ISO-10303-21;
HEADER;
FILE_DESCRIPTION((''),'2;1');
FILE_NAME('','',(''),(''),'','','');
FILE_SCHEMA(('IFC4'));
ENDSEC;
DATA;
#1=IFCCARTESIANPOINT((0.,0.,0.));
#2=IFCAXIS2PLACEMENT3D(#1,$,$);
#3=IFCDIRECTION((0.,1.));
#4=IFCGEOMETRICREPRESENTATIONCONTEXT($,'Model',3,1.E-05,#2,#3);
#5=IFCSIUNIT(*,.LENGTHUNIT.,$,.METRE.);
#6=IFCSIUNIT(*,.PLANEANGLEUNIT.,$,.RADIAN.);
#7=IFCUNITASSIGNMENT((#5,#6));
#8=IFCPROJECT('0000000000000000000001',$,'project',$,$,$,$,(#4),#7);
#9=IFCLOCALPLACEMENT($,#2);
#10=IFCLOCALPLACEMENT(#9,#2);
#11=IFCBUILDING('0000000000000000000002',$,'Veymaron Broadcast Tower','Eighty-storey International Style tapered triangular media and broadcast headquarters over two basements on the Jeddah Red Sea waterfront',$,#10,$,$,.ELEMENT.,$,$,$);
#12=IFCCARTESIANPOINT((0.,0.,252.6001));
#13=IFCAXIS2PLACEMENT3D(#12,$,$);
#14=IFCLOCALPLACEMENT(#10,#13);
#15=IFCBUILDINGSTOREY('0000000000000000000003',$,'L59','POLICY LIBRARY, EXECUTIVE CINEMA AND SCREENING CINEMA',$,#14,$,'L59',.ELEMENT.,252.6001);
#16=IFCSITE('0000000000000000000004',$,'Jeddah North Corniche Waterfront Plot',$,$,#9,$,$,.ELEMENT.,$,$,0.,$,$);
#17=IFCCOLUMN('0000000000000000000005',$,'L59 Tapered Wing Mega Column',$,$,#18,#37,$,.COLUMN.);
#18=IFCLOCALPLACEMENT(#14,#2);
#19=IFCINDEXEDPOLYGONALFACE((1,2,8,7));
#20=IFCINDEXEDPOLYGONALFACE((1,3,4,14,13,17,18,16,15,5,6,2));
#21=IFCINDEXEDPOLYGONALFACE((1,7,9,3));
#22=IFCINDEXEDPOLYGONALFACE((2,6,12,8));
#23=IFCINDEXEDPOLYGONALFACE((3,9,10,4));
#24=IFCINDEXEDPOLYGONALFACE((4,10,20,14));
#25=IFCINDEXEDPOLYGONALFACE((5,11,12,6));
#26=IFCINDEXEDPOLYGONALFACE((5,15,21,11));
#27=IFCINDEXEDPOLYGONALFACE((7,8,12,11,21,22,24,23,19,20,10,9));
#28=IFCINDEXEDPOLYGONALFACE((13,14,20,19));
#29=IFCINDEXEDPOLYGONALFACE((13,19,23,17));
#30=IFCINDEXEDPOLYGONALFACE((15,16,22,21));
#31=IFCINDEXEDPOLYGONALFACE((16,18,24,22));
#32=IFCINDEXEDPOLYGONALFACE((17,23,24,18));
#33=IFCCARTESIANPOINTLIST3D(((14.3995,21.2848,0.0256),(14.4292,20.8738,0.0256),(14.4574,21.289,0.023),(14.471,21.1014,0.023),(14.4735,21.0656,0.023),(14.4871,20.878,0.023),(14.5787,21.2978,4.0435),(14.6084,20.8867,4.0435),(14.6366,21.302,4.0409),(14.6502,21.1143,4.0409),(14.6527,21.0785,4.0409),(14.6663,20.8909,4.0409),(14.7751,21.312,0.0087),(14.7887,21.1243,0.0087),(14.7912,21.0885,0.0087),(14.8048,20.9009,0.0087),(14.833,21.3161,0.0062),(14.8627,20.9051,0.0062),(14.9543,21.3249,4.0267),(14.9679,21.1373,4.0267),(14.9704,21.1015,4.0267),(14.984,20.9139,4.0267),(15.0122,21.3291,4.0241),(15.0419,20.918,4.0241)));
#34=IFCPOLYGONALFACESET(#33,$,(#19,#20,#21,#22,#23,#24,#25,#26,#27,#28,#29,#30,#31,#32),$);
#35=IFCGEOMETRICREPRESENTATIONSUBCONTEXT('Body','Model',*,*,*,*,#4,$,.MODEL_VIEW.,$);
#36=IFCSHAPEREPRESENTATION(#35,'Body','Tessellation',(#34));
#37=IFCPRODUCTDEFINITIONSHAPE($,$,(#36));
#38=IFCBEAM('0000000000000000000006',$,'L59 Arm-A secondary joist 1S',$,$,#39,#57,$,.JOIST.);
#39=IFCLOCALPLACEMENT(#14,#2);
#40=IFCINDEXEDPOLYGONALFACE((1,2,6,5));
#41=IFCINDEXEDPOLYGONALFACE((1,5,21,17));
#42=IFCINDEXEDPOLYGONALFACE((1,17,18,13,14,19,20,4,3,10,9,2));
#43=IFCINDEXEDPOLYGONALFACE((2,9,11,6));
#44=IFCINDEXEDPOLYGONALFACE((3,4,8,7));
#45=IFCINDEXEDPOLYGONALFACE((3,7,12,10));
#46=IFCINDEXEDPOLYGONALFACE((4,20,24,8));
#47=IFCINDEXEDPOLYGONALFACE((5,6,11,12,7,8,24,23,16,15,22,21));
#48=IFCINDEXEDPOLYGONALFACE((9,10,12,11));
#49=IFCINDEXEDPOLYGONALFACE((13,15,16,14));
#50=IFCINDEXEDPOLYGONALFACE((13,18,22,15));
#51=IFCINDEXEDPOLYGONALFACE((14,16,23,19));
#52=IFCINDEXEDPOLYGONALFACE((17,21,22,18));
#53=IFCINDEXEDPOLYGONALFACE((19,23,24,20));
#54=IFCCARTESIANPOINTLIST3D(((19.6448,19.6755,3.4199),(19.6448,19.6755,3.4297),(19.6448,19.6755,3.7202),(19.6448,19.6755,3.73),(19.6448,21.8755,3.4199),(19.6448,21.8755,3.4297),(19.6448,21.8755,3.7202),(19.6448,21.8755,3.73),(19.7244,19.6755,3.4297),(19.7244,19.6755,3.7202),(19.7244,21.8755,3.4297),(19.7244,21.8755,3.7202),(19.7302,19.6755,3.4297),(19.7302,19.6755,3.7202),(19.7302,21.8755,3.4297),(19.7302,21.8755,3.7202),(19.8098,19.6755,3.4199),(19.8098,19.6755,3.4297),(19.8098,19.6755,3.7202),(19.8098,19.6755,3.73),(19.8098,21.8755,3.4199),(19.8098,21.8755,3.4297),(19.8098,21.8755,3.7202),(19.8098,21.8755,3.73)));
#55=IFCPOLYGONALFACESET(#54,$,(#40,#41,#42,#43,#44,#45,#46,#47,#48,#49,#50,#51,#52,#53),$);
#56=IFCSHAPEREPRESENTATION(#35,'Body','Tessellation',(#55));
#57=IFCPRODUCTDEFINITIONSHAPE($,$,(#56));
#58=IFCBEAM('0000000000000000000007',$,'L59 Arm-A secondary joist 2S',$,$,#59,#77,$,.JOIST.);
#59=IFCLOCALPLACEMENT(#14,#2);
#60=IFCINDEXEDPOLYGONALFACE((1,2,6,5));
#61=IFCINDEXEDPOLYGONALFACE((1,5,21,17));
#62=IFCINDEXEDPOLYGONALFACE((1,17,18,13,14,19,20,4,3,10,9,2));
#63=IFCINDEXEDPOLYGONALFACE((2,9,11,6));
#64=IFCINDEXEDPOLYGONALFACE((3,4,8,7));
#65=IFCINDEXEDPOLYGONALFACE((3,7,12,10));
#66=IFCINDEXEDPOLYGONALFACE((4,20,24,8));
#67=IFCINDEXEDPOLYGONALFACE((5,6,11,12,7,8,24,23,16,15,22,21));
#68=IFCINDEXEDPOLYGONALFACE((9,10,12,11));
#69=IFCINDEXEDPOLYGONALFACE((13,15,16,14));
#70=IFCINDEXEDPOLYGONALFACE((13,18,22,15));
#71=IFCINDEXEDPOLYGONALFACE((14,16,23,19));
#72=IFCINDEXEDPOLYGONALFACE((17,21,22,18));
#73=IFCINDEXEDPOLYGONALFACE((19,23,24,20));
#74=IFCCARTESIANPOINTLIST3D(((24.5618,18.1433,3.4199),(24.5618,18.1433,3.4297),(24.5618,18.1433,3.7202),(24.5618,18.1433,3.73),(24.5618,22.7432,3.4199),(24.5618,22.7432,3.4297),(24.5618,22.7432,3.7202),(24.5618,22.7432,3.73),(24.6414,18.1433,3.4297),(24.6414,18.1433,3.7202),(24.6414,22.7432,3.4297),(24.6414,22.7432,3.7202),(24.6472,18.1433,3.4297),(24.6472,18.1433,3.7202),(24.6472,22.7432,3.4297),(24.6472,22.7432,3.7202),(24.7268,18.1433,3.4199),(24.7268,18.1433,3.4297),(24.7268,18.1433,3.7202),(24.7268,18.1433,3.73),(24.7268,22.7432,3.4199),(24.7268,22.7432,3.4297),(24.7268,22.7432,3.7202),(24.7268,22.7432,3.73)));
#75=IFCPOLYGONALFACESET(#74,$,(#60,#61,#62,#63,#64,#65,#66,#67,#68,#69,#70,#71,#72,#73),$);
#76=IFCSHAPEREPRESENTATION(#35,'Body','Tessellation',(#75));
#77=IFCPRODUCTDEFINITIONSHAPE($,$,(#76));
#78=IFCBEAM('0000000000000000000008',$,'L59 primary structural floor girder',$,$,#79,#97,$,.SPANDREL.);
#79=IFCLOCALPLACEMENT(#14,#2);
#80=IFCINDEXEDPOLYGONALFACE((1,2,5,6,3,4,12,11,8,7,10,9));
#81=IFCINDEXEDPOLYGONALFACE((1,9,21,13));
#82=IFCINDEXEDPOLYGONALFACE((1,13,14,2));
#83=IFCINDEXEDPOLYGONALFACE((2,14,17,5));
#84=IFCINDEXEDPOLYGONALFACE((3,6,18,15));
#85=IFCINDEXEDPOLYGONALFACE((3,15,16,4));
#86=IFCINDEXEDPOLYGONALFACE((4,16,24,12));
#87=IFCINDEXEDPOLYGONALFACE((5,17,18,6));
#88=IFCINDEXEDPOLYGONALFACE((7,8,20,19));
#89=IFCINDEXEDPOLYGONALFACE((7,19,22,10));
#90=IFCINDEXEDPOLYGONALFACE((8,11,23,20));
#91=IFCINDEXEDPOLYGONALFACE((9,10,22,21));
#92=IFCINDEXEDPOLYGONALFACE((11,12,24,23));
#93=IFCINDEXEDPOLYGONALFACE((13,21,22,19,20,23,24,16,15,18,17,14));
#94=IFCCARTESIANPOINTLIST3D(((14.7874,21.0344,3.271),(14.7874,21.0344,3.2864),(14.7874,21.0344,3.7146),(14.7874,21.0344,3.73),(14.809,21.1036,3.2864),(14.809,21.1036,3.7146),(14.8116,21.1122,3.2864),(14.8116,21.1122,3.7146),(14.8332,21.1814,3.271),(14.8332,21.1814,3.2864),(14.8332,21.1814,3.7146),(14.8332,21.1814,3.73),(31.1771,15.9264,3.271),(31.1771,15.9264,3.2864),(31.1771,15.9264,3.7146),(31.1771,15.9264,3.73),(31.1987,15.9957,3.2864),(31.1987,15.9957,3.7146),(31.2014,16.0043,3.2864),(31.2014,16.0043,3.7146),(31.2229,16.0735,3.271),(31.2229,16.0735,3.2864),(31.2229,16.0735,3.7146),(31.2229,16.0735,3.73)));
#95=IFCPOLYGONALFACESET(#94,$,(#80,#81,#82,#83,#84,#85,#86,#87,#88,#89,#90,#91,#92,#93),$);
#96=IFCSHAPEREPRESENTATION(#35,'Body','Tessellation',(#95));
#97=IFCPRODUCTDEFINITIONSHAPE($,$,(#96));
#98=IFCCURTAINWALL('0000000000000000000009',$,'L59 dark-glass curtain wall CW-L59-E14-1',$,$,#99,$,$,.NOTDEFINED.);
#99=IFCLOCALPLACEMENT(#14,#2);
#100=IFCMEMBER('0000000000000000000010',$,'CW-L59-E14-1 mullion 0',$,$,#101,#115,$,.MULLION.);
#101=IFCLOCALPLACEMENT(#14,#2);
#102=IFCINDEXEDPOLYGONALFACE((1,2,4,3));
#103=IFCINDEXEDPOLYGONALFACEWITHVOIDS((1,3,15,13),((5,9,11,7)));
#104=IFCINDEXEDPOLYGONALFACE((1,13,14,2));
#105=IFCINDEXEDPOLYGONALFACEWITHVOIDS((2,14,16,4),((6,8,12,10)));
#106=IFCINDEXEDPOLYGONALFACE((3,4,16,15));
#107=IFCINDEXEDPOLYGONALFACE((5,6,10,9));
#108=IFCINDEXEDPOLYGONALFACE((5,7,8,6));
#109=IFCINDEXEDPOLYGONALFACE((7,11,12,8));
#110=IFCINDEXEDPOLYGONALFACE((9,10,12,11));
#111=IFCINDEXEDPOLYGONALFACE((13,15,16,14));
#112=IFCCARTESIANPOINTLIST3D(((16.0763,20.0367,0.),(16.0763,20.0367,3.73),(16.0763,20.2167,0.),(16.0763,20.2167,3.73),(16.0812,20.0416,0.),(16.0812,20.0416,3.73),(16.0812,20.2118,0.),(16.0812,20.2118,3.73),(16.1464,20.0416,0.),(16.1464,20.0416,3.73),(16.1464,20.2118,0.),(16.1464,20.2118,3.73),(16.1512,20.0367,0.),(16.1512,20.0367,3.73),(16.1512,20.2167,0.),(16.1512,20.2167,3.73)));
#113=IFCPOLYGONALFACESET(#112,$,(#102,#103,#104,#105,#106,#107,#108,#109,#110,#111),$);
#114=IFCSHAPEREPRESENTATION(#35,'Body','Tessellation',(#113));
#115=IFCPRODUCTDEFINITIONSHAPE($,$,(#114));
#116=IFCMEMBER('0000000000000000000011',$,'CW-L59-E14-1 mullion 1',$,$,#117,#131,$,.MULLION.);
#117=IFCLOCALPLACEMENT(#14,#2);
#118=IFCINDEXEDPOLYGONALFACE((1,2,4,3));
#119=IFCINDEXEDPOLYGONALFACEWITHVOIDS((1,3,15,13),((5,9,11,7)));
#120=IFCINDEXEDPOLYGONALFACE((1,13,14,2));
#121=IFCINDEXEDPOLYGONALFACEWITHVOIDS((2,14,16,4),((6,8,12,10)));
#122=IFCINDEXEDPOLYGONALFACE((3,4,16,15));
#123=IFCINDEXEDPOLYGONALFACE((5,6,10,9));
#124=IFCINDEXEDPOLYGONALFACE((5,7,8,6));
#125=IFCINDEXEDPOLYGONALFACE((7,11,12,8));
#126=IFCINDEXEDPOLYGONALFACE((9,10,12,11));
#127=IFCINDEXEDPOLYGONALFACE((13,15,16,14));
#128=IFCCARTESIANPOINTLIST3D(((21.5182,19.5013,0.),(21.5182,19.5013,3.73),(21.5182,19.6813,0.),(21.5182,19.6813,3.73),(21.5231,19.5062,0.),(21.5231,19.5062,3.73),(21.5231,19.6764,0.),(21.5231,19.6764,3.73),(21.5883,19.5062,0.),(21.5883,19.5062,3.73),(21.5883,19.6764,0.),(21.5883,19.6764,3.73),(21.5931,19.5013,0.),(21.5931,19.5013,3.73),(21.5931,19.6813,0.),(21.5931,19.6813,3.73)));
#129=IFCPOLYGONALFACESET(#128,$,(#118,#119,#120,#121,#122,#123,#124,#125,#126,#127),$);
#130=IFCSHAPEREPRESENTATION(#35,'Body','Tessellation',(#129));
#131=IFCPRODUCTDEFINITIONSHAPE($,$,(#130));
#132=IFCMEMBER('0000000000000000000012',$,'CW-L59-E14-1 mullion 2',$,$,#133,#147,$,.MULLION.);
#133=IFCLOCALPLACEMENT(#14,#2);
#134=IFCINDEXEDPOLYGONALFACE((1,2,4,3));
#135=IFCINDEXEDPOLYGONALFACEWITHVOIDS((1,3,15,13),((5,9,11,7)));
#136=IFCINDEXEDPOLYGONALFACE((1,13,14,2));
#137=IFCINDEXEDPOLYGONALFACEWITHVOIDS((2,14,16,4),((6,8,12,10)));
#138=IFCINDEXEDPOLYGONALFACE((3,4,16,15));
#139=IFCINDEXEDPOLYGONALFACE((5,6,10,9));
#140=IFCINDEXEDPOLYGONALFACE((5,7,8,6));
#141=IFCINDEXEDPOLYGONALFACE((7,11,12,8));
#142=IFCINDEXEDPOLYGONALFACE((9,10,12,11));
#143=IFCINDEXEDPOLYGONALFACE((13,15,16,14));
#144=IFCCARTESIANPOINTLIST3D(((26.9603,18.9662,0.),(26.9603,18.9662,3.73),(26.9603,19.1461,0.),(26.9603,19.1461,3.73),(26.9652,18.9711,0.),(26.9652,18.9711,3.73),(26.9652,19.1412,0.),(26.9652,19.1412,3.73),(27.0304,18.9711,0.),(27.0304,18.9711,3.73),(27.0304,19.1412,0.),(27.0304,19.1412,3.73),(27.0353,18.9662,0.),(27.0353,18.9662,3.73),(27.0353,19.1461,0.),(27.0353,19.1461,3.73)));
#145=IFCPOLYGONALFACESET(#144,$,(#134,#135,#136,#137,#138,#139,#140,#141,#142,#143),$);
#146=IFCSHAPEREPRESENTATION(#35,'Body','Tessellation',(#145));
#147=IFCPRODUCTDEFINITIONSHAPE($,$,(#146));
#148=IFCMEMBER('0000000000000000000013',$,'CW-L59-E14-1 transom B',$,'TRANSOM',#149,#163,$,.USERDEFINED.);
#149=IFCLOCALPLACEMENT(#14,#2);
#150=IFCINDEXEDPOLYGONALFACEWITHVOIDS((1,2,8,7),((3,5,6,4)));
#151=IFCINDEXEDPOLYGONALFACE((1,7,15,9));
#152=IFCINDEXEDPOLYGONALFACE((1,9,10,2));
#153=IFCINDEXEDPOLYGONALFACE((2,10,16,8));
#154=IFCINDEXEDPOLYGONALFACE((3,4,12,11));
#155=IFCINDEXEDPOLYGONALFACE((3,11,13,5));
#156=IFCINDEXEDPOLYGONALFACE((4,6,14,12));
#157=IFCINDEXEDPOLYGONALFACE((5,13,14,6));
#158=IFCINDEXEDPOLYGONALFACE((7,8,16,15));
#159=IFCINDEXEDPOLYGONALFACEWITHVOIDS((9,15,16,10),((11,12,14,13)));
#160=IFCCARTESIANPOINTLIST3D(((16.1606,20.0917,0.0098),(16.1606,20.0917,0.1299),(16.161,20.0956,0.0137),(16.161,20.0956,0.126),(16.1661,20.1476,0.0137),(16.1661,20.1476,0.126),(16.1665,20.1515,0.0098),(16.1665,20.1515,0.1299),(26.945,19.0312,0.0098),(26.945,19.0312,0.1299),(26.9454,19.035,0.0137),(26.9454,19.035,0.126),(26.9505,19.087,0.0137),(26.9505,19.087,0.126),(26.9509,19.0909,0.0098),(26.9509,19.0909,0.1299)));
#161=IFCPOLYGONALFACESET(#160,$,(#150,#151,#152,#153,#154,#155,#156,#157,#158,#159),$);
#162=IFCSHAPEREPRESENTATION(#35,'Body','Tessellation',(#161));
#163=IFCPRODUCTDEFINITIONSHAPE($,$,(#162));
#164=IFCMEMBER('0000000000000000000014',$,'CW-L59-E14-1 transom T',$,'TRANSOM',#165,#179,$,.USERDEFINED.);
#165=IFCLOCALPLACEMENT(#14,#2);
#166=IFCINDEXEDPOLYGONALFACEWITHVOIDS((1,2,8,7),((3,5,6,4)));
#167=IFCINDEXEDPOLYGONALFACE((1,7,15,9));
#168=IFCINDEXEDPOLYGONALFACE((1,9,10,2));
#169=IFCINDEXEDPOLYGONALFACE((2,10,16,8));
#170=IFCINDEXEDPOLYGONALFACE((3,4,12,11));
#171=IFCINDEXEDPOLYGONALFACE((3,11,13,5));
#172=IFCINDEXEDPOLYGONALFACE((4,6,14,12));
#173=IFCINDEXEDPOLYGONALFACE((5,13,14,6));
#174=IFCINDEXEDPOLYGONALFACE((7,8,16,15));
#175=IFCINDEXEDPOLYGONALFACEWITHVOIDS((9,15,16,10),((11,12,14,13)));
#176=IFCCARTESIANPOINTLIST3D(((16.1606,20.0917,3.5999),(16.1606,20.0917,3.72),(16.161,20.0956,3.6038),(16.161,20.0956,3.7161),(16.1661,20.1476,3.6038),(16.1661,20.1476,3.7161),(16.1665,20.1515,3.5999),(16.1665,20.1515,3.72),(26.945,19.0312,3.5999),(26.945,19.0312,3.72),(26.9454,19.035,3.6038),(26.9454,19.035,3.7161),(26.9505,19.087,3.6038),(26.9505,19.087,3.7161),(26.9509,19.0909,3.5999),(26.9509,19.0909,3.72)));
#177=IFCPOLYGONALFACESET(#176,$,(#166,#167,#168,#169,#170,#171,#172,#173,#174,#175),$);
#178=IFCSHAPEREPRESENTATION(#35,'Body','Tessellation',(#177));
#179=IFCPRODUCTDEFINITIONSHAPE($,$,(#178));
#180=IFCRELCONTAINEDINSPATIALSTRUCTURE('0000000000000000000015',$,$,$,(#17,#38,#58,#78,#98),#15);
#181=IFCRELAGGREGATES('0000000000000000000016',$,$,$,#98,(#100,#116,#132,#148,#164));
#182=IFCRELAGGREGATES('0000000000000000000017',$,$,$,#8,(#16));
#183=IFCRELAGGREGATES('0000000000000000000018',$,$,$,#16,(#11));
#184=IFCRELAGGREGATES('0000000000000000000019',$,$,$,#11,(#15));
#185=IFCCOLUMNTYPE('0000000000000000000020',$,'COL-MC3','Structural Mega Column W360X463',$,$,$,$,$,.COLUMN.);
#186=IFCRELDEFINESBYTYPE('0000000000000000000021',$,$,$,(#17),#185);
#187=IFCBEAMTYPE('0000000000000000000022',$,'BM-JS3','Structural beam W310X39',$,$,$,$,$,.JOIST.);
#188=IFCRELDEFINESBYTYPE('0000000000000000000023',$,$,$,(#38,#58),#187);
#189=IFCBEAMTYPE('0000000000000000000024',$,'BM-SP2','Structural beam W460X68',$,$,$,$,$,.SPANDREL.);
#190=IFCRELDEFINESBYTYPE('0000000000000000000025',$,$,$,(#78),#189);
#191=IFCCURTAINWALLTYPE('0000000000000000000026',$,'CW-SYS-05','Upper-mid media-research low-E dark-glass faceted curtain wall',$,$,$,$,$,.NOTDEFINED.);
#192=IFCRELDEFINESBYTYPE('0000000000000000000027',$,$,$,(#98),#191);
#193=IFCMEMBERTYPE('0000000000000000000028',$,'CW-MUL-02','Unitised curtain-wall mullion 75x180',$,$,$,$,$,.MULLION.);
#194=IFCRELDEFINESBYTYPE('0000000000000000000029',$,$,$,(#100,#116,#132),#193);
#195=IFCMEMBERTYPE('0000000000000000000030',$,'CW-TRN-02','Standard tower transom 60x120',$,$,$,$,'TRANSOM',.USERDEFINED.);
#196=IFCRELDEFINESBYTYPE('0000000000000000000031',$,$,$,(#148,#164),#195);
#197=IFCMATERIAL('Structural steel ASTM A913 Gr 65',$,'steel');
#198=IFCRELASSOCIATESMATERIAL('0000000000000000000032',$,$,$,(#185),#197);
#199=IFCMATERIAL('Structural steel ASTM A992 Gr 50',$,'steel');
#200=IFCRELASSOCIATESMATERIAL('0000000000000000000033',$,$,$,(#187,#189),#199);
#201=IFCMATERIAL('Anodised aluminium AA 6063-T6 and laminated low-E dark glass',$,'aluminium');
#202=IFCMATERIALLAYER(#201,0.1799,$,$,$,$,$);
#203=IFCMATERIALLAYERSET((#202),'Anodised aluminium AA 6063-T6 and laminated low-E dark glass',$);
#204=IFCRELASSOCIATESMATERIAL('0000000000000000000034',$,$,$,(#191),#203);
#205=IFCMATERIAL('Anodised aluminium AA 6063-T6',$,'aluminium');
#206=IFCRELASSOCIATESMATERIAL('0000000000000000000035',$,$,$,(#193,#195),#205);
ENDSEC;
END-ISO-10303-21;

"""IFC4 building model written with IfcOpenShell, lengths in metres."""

from ifc_helpers import new_model, si_unit, direction, frame, origin, origin_2d, place, context, subcontext, project, spatial, hollow_rectangle, i_section, extrude, material, layer, layer_set, material_profile, profile_set, type_object, element, aggregate, save


model = new_model("IFC4")

# Units and contexts
model_context = context("Model", 3, precision=1e-05, world=origin(), true_north=direction((0.0, 1.0)))
body_context = subcontext(model_context, "Body", "Model", "MODEL_VIEW")
ifc_project = project(units=[si_unit("LENGTHUNIT", "METRE"), si_unit("PLANEANGLEUNIT", "RADIAN")], contexts=[model_context])

# Site, building, storey
site_placement = place(None, origin())
site = spatial("IfcSite", under=ifc_project, at=site_placement, Name="Jeddah North Corniche Waterfront Plot", CompositionType="ELEMENT", RefElevation=0.0)
building_placement = place(site_placement, origin())
building = spatial("IfcBuilding", under=site, at=building_placement, Name="Veymaron Broadcast Tower", Description="Eighty-storey International Style tapered triangular media and broadcast headquarters over two basements on the Jeddah Red Sea waterfront", CompositionType="ELEMENT")
storey_placement = place(building_placement, frame((0.0, 0.0, 252.6001)))
storey = spatial("IfcBuildingStorey", under=building, at=storey_placement, Name="L59", Description="POLICY LIBRARY, EXECUTIVE CINEMA AND SCREENING CINEMA", LongName="L59", CompositionType="ELEMENT", Elevation=252.6001)

# Column
ifc_material_1 = material(Name="Structural steel ASTM A913 Gr 65", Category="steel")
ifc_material_profile_1 = material_profile(ifc_material_1, i_section(OverallWidth=0.4121, OverallDepth=0.4351, WebThickness=0.0359, FlangeThickness=0.0581, at=origin_2d()), Name="W360X463")
ifc_profile_set_1 = profile_set([ifc_material_profile_1], Name="Structural steel ASTM A913 Gr 65")
column_type = type_object("IfcColumnType", Name="COL-MC3", Description="Structural Mega Column W360X463", PredefinedType="COLUMN", material=ifc_profile_set_1)
column_placement = place(storey_placement, frame((14.6311, 21.095, 0.0159), z_axis=(0.044554, 0.003217, 0.999002), x_axis=(-0.07202, 0.997403, 0.0)))
element("IfcColumn", 1, at=column_placement, inside=storey, type_object=column_type, Name="L59 Tapered Wing Mega Column", PredefinedType="COLUMN", context=body_context, shape_type="SweptSolid", body=[
    extrude(i_section(OverallWidth=0.4121, OverallDepth=0.4351, WebThickness=0.0359, FlangeThickness=0.0581, at=origin_2d()), origin(), (0.0, 0.0, 1.0), 4.022),
])

# Beams
ifc_material_2 = material(Name="Structural steel ASTM A992 Gr 50", Category="steel")
ifc_material_profile_2 = material_profile(ifc_material_2, i_section(OverallWidth=0.165, OverallDepth=0.3101, WebThickness=0.0059, FlangeThickness=0.0098, at=origin_2d()), Name="W310X39")
ifc_profile_set_2 = profile_set([ifc_material_profile_2], Name="Structural steel ASTM A992 Gr 50")
beam_type_1 = type_object("IfcBeamType", Name="BM-JS3", Description="Structural beam W310X39", PredefinedType="JOIST", material=ifc_profile_set_2)
beam_1_placement = place(storey_placement, frame((19.7273, 19.6755, 3.575), z_axis=(0.0, 1.0, 0.0), x_axis=(-1.0, 0.0, 0.0)))
element("IfcBeam", 2, at=beam_1_placement, inside=storey, type_object=beam_type_1, Name="L59 Arm-A secondary joist 1S", PredefinedType="JOIST", context=body_context, shape_type="SweptSolid", body=[
    extrude(i_section(OverallWidth=0.165, OverallDepth=0.3101, WebThickness=0.0059, FlangeThickness=0.0098, at=origin_2d()), origin(), (0.0, 0.0, 1.0), 2.2),
])
beam_2_placement = place(storey_placement, frame((24.6443, 18.1433, 3.575), z_axis=(0.0, 1.0, 0.0), x_axis=(-1.0, 0.0, 0.0)))
element("IfcBeam", 3, at=beam_2_placement, inside=storey, type_object=beam_type_1, Name="L59 Arm-A secondary joist 2S", PredefinedType="JOIST", context=body_context, shape_type="SweptSolid", body=[
    extrude(i_section(OverallWidth=0.165, OverallDepth=0.3101, WebThickness=0.0059, FlangeThickness=0.0098, at=origin_2d()), origin(), (0.0, 0.0, 1.0), 4.5999),
])
ifc_material_profile_3 = material_profile(ifc_material_2, i_section(OverallWidth=0.1541, OverallDepth=0.459, WebThickness=0.009, FlangeThickness=0.0154, at=origin_2d()), Name="W460X68")
ifc_profile_set_3 = profile_set([ifc_material_profile_3], Name="Structural steel ASTM A992 Gr 50")
beam_type_2 = type_object("IfcBeamType", Name="BM-SP2", Description="Structural beam W460X68", PredefinedType="SPANDREL", material=ifc_profile_set_3)
beam_3_placement = place(storey_placement, frame((14.8103, 21.1079, 3.5005), z_axis=(0.954709, -0.29754, 0.0), x_axis=(0.29754, 0.954709, 0.0)))
element("IfcBeam", 4, at=beam_3_placement, inside=storey, type_object=beam_type_2, Name="L59 primary structural floor girder", PredefinedType="SPANDREL", context=body_context, shape_type="SweptSolid", body=[
    extrude(i_section(OverallWidth=0.1541, OverallDepth=0.459, WebThickness=0.009, FlangeThickness=0.0154, at=origin_2d()), origin(), (0.0, 0.0, 1.0), 17.1672),
])

# Curtain wall, members
ifc_material_3 = material(Name="Anodised aluminium AA 6063-T6 and laminated low-E dark glass", Category="aluminium")
ifc_layer_1 = layer(ifc_material_3, 0.1799)
ifc_layer_set_1 = layer_set([ifc_layer_1], Name="Anodised aluminium AA 6063-T6 and laminated low-E dark glass")
curtain_wall_type = type_object("IfcCurtainWallType", Name="CW-SYS-05", Description="Upper-mid media-research low-E dark-glass faceted curtain wall", PredefinedType="NOTDEFINED", material=ifc_layer_set_1)
curtain_wall_placement = place(storey_placement, origin())
curtain_wall = element("IfcCurtainWall", 5, at=curtain_wall_placement, inside=storey, type_object=curtain_wall_type, Name="L59 dark-glass curtain wall CW-L59-E14-1", PredefinedType="NOTDEFINED")
ifc_material_4 = material(Name="Anodised aluminium AA 6063-T6", Category="aluminium")
ifc_material_profile_4 = material_profile(ifc_material_4, hollow_rectangle(XDim=0.075, YDim=0.1799, WallThickness=0.0049, at=origin_2d()), Name="AL180X75X5")
ifc_profile_set_4 = profile_set([ifc_material_profile_4], Name="Anodised aluminium AA 6063-T6")
member_type_1 = type_object("IfcMemberType", Name="CW-MUL-02", Description="Unitised curtain-wall mullion 75x180", PredefinedType="MULLION", material=ifc_profile_set_4)
member_1_placement = place(storey_placement, frame((16.1138, 20.1267, 0.0), z_axis=(0.0, 0.0, 1.0), x_axis=(1.0, 0.0, 0.0)))
member_1 = element("IfcMember", 6, at=member_1_placement, type_object=member_type_1, Name="CW-L59-E14-1 mullion 0", PredefinedType="MULLION", context=body_context, shape_type="SweptSolid", body=[
    extrude(hollow_rectangle(XDim=0.075, YDim=0.1799, WallThickness=0.0049, at=origin_2d()), origin(), (0.0, 0.0, 1.0), 3.73),
])
member_2_placement = place(storey_placement, frame((21.5557, 19.5913, 0.0), z_axis=(0.0, 0.0, 1.0), x_axis=(1.0, 0.0, 0.0)))
member_2 = element("IfcMember", 7, at=member_2_placement, type_object=member_type_1, Name="CW-L59-E14-1 mullion 1", PredefinedType="MULLION", context=body_context, shape_type="SweptSolid", body=[
    extrude(hollow_rectangle(XDim=0.075, YDim=0.1799, WallThickness=0.0049, at=origin_2d()), origin(), (0.0, 0.0, 1.0), 3.73),
])
member_3_placement = place(storey_placement, frame((26.9978, 19.0562, 0.0), z_axis=(0.0, 0.0, 1.0), x_axis=(1.0, 0.0, 0.0)))
member_3 = element("IfcMember", 8, at=member_3_placement, type_object=member_type_1, Name="CW-L59-E14-1 mullion 2", PredefinedType="MULLION", context=body_context, shape_type="SweptSolid", body=[
    extrude(hollow_rectangle(XDim=0.075, YDim=0.1799, WallThickness=0.0049, at=origin_2d()), origin(), (0.0, 0.0, 1.0), 3.73),
])
ifc_material_profile_5 = material_profile(ifc_material_4, hollow_rectangle(XDim=0.0601, YDim=0.1201, WallThickness=0.0039, at=origin_2d()), Name="AL120X60X4")
ifc_profile_set_5 = profile_set([ifc_material_profile_5], Name="Anodised aluminium AA 6063-T6")
member_type_2 = type_object("IfcMemberType", Name="CW-TRN-02", Description="Standard tower transom 60x120", ElementType="TRANSOM", PredefinedType="USERDEFINED", material=ifc_profile_set_5)
member_4_placement = place(storey_placement, frame((16.1636, 20.1216, 0.0698), z_axis=(0.995199, -0.097869, 0.0), x_axis=(0.097869, 0.995199, 0.0)))
member_4 = element("IfcMember", 9, at=member_4_placement, type_object=member_type_2, Name="CW-L59-E14-1 transom B", ObjectType="TRANSOM", PredefinedType="USERDEFINED", context=body_context, shape_type="SweptSolid", body=[
    extrude(hollow_rectangle(XDim=0.0601, YDim=0.1201, WallThickness=0.0039, at=origin_2d()), origin(), (0.0, 0.0, 1.0), 10.8364),
])
member_5_placement = place(storey_placement, frame((16.1636, 20.1216, 3.6599), z_axis=(0.995199, -0.097869, 0.0), x_axis=(0.097869, 0.995199, 0.0)))
member_5 = element("IfcMember", 10, at=member_5_placement, type_object=member_type_2, Name="CW-L59-E14-1 transom T", ObjectType="TRANSOM", PredefinedType="USERDEFINED", context=body_context, shape_type="SweptSolid", body=[
    extrude(hollow_rectangle(XDim=0.0601, YDim=0.1201, WallThickness=0.0039, at=origin_2d()), origin(), (0.0, 0.0, 1.0), 10.8364),
])
aggregate(curtain_wall, [member_1, member_2, member_3, member_4, member_5])

save(model, "model.ifc")
